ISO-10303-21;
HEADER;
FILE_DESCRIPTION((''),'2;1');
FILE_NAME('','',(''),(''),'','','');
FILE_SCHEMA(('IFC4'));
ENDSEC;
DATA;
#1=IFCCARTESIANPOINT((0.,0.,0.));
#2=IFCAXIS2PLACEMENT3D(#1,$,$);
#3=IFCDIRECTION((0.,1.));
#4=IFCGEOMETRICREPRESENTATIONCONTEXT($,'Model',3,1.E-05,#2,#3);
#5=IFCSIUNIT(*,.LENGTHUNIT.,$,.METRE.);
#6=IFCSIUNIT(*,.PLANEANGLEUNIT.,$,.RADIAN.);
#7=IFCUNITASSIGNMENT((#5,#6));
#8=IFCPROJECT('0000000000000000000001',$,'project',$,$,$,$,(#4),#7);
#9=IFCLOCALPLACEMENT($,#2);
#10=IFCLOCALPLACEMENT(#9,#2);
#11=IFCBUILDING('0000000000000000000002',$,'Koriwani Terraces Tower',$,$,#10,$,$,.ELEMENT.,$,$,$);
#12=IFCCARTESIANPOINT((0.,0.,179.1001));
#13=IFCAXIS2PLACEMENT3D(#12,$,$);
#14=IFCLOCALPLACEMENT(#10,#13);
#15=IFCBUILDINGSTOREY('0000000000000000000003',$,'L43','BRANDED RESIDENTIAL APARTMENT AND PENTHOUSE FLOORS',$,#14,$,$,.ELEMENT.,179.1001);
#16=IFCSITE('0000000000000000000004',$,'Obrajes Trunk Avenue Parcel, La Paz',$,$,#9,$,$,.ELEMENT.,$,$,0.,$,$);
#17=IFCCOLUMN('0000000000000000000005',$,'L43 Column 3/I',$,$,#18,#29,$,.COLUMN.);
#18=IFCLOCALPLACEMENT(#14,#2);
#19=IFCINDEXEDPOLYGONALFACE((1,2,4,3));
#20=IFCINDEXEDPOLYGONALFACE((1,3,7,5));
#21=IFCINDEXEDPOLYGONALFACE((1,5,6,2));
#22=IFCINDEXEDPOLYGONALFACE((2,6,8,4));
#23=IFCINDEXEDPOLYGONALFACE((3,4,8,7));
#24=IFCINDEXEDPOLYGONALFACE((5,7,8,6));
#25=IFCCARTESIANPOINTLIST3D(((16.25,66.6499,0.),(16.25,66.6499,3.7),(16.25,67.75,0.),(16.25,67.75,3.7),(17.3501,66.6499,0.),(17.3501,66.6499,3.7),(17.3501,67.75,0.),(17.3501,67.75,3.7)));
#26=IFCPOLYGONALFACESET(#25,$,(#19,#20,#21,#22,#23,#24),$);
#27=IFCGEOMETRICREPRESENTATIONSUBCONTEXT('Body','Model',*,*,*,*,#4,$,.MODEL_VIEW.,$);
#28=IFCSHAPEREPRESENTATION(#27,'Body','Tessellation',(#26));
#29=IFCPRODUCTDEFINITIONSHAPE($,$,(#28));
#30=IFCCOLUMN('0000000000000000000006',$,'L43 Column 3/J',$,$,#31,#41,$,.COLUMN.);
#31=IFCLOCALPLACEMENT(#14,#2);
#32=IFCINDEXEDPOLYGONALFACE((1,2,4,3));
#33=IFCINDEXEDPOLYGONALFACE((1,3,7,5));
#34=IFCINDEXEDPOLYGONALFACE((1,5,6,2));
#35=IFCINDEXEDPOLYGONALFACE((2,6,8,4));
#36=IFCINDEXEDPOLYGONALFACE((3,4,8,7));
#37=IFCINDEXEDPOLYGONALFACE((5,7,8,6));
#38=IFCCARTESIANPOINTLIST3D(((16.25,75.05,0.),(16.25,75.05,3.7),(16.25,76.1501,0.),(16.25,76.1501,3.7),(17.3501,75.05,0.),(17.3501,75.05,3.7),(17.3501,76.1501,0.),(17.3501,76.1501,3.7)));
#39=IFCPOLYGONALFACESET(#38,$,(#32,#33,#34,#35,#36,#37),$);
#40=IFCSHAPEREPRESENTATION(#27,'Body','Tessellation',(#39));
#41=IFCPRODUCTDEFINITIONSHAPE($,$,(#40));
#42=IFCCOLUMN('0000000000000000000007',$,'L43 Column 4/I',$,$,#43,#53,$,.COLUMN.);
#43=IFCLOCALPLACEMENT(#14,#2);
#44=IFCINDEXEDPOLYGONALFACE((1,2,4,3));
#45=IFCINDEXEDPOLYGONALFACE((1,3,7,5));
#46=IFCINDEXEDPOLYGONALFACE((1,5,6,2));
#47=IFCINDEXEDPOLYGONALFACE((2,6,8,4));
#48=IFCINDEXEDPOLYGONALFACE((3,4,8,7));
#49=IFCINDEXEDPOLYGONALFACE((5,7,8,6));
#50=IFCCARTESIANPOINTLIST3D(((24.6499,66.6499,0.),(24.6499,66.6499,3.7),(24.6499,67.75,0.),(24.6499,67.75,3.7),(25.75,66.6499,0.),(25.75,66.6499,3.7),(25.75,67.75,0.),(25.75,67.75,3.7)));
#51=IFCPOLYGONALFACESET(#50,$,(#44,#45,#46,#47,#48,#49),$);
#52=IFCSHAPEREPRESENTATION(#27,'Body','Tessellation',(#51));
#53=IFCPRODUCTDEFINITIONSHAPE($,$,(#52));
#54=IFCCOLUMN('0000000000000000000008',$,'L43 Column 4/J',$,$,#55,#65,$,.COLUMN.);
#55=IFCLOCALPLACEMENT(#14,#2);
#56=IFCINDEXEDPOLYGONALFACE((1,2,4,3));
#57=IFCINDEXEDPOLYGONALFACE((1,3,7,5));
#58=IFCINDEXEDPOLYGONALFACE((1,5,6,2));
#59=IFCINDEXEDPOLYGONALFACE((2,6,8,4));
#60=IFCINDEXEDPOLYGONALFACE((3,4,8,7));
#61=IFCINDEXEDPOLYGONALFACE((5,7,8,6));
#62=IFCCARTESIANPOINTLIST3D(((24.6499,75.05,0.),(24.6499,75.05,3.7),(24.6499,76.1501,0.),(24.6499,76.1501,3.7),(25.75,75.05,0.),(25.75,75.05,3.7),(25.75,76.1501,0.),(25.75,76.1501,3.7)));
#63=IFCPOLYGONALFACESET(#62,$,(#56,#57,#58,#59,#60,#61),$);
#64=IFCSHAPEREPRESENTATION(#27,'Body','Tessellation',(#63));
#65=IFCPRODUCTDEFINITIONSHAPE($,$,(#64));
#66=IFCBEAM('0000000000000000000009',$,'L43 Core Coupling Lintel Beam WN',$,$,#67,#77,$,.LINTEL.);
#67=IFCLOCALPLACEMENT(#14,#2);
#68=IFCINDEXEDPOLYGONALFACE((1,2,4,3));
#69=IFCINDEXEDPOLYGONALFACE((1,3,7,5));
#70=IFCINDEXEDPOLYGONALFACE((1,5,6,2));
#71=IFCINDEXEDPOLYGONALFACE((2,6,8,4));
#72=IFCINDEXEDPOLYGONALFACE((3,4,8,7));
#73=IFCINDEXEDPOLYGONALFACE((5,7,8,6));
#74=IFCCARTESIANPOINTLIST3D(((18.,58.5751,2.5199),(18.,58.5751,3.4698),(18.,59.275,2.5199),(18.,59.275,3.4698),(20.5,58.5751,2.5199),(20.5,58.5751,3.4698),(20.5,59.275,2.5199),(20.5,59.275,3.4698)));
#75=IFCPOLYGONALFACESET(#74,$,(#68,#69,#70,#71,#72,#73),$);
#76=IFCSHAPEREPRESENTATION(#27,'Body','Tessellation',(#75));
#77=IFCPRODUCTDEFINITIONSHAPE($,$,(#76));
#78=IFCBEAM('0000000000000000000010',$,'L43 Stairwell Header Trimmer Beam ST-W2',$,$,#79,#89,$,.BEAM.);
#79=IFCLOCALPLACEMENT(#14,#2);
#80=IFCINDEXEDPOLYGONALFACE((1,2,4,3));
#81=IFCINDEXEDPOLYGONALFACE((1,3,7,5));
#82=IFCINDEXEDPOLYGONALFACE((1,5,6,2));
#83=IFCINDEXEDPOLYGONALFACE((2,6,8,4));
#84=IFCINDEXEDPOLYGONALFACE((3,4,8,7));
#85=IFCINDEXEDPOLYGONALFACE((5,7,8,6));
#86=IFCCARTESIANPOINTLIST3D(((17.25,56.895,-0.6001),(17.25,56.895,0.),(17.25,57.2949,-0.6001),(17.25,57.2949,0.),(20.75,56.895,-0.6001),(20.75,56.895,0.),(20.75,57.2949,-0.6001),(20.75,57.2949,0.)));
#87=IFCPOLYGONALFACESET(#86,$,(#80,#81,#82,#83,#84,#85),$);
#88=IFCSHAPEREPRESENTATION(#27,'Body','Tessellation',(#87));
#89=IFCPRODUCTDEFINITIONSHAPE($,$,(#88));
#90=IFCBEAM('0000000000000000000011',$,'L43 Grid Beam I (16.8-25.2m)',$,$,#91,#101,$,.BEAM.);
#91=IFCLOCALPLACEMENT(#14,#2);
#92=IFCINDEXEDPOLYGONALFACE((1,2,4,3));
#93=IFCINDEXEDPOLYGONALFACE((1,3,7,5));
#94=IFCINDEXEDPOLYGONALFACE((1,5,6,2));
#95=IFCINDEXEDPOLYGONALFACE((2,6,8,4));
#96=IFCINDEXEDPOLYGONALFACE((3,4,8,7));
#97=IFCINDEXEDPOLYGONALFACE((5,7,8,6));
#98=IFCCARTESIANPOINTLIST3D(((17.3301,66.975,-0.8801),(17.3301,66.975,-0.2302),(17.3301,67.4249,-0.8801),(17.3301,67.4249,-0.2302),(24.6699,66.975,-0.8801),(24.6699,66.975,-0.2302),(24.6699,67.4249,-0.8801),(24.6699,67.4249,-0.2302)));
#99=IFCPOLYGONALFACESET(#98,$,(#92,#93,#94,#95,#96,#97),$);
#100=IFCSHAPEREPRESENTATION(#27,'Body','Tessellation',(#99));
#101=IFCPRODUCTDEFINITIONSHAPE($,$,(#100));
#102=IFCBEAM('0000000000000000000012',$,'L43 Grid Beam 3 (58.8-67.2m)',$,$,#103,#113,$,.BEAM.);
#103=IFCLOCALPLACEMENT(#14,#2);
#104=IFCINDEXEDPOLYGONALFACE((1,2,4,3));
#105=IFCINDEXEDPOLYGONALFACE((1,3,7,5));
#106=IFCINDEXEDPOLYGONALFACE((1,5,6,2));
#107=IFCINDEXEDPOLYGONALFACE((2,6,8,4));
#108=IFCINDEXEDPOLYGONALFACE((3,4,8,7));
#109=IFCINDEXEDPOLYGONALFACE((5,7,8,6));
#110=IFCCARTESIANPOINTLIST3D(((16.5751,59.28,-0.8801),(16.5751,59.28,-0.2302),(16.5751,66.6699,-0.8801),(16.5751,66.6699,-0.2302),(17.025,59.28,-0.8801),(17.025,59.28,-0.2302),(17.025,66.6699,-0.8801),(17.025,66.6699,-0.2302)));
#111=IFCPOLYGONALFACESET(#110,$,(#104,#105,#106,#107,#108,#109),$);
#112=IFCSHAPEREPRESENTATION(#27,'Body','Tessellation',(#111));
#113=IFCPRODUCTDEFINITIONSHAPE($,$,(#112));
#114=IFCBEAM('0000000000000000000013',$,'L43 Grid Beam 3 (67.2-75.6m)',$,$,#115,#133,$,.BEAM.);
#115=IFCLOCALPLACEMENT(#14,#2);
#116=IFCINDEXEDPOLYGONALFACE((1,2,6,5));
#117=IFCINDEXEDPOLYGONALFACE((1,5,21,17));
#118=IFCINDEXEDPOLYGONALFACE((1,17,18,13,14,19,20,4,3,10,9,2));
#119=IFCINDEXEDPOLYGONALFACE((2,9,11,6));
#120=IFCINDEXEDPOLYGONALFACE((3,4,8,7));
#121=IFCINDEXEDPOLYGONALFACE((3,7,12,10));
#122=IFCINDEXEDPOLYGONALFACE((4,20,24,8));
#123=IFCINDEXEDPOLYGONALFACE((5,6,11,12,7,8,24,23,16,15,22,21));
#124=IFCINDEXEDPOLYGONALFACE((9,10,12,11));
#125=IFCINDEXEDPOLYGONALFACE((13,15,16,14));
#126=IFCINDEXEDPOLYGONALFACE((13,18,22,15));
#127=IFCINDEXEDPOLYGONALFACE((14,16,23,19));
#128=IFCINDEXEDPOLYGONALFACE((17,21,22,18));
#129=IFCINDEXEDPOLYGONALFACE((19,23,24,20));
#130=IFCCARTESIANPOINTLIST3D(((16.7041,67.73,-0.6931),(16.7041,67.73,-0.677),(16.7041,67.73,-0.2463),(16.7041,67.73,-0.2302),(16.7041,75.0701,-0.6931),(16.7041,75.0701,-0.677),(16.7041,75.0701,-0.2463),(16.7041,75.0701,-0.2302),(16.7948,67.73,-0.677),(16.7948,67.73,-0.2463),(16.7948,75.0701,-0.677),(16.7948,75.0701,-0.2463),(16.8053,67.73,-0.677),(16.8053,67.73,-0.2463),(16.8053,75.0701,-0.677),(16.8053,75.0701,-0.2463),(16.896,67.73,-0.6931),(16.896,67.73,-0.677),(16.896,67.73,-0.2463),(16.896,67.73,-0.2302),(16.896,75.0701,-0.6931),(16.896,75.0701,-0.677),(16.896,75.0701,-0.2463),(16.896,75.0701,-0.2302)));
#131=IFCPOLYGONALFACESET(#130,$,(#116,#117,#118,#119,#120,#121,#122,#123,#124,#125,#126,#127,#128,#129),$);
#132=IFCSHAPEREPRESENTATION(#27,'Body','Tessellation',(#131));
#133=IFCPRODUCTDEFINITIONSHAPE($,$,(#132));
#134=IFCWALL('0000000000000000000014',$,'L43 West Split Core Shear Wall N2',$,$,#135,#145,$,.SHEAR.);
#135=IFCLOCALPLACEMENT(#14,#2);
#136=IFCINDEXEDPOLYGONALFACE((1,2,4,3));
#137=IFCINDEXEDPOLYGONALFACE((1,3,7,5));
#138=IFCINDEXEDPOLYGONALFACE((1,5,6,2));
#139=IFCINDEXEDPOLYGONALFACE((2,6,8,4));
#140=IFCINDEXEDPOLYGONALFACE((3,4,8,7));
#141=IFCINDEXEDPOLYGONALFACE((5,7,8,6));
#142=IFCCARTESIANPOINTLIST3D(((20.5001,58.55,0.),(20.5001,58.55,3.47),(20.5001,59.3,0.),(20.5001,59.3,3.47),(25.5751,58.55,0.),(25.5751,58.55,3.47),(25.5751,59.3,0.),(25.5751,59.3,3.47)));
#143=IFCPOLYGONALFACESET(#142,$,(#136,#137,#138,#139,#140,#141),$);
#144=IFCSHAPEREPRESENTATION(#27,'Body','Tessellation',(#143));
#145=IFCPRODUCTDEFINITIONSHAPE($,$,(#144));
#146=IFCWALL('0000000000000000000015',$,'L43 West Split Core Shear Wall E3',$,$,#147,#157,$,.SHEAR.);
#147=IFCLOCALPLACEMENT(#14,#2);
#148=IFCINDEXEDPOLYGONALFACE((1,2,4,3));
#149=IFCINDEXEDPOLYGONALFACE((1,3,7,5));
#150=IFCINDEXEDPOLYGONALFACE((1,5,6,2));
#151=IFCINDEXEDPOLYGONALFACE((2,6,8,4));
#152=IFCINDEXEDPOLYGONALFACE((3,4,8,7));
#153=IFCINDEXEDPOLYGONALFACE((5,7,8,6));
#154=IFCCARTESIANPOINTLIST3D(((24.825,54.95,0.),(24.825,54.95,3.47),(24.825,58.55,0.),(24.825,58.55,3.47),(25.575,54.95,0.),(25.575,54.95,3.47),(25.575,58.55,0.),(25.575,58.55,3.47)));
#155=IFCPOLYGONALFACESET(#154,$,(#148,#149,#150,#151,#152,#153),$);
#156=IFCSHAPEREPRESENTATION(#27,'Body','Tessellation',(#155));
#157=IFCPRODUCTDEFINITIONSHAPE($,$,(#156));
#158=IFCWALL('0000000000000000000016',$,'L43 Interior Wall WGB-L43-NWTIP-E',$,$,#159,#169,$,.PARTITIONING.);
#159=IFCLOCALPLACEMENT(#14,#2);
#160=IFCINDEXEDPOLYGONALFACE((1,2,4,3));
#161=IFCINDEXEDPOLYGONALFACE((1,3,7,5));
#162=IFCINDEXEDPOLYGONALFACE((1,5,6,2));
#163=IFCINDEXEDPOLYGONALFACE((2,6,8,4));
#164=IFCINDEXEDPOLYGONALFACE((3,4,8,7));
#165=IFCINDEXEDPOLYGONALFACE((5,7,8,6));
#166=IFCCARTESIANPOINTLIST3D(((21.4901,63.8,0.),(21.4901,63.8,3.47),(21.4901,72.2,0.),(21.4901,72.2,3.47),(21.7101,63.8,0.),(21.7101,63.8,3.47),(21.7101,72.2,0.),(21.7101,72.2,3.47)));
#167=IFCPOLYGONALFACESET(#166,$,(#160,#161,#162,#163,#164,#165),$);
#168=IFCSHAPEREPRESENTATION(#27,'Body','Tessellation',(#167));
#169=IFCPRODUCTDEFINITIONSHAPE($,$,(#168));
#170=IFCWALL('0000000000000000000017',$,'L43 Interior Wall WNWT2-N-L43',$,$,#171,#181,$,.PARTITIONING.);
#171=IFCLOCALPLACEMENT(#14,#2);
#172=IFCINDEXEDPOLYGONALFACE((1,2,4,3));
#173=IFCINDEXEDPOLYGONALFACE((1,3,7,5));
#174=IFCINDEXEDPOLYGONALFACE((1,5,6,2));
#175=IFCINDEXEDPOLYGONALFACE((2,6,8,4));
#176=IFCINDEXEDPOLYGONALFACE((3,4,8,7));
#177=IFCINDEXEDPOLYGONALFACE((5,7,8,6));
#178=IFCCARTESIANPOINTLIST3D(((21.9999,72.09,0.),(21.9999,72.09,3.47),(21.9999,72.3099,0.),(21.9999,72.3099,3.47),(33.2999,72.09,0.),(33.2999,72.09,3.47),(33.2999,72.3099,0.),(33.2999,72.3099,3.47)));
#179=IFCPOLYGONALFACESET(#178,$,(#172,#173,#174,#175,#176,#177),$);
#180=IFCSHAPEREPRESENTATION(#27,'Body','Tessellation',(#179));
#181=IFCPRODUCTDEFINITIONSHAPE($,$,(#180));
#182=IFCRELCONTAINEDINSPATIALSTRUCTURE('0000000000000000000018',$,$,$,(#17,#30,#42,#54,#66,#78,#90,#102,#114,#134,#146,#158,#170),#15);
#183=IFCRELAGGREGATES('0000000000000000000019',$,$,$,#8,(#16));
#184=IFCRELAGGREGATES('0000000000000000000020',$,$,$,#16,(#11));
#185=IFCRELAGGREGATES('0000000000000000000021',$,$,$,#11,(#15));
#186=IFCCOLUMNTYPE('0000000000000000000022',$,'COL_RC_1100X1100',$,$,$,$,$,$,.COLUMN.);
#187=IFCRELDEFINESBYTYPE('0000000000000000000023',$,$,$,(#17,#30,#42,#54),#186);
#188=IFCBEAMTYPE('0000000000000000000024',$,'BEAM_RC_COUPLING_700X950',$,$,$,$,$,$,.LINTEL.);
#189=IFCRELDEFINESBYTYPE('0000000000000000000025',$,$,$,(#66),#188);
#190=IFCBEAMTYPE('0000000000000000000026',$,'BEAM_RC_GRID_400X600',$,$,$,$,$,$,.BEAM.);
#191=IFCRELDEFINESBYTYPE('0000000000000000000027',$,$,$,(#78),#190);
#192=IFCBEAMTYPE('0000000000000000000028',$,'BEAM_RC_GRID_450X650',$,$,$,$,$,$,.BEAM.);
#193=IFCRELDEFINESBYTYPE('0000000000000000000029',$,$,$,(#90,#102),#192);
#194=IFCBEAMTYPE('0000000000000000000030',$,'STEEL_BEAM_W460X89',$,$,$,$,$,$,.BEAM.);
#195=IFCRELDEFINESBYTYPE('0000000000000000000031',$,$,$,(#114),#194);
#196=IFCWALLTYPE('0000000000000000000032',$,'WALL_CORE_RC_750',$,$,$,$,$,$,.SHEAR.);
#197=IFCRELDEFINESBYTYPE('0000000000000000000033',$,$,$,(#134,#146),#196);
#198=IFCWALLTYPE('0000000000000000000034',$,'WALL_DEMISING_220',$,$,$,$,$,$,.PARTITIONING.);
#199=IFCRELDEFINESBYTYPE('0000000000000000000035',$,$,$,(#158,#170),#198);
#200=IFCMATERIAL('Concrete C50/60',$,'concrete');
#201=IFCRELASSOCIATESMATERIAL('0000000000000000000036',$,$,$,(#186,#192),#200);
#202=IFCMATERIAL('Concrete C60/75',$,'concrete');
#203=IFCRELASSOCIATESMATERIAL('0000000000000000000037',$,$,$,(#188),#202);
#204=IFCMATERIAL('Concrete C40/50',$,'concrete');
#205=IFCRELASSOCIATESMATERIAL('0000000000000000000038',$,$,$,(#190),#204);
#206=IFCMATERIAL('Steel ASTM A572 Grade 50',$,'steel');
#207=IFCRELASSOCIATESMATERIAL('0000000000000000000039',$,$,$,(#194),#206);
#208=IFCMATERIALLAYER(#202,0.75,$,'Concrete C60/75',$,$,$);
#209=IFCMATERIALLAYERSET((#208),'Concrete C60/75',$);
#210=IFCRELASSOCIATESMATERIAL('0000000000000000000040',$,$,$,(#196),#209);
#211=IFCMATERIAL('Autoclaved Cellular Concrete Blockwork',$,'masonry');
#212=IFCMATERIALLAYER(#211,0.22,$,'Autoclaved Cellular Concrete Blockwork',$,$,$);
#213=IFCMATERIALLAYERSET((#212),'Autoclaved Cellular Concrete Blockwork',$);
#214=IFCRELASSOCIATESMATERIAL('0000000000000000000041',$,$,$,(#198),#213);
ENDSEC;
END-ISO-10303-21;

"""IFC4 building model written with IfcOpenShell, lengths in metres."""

from ifc_helpers import new_model, si_unit, direction, frame, frame_2d, origin, origin_2d, place, context, subcontext, project, spatial, rectangle, i_section, extrude, material, layer, layer_set, material_profile, profile_set, type_object, element, save


model = new_model("IFC4")

# Units and contexts
model_context = context("Model", 3, precision=1e-05, world=origin(), true_north=direction((0.0, 1.0)))
body_context = subcontext(model_context, "Body", "Model", "MODEL_VIEW")
ifc_project = project(units=[si_unit("LENGTHUNIT", "METRE"), si_unit("PLANEANGLEUNIT", "RADIAN")], contexts=[model_context])

# Site, building, storey
site_placement = place(None, origin())
site = spatial("IfcSite", under=ifc_project, at=site_placement, Name="Obrajes Trunk Avenue Parcel, La Paz", CompositionType="ELEMENT", RefElevation=0.0)
building_placement = place(site_placement, origin())
building = spatial("IfcBuilding", under=site, at=building_placement, Name="Koriwani Terraces Tower", CompositionType="ELEMENT")
storey_placement = place(building_placement, frame((0.0, 0.0, 179.1001)))
storey = spatial("IfcBuildingStorey", under=building, at=storey_placement, Name="L43", Description="BRANDED RESIDENTIAL APARTMENT AND PENTHOUSE FLOORS", CompositionType="ELEMENT", Elevation=179.1001)

# Columns
ifc_material_1 = material(Name="Concrete C50/60", Category="concrete")
ifc_material_profile_1 = material_profile(ifc_material_1, rectangle(XDim=1.1001, YDim=1.1001, at=origin_2d()), Name="Concrete C50/60", Category="LoadBearing")
ifc_profile_set_1 = profile_set([ifc_material_profile_1], Name="Concrete C50/60")
column_type = type_object("IfcColumnType", Name="COL_RC_1100X1100", PredefinedType="COLUMN", material=ifc_profile_set_1)
for number, where, z_axis, x_axis, name in (
    (1, (16.8, 67.2, 0.0), (0.0, 0.0, 1.0), (1.0, 0.0, 0.0), "L43 Column 3/I"),
    (2, (16.8, 75.6001, 0.0), (0.0, 0.0, 1.0), (1.0, 0.0, 0.0), "L43 Column 3/J"),
    (3, (25.2, 67.2, 0.0), (0.0, 0.0, 1.0), (1.0, 0.0, 0.0), "L43 Column 4/I"),
    (4, (25.2, 75.6001, 0.0), (0.0, 0.0, 1.0), (1.0, 0.0, 0.0), "L43 Column 4/J"),
):
    element("IfcColumn", number, at=place(storey_placement, frame(where, z_axis=z_axis, x_axis=x_axis)), inside=storey, type_object=column_type, Name=name, PredefinedType="COLUMN", context=body_context, shape_type="SweptSolid", body=[
        extrude(rectangle(XDim=1.1001, YDim=1.1001, at=origin_2d()), origin(), (0.0, 0.0, 1.0), 3.7),
    ])

# Beams
ifc_material_2 = material(Name="Concrete C60/75", Category="concrete")
ifc_material_profile_2 = material_profile(ifc_material_2, rectangle(XDim=0.7, YDim=0.95, at=origin_2d()), Name="Concrete C60/75", Category="LoadBearing")
ifc_profile_set_2 = profile_set([ifc_material_profile_2], Name="Concrete C60/75")
beam_type_1 = type_object("IfcBeamType", Name="BEAM_RC_COUPLING_700X950", PredefinedType="LINTEL", material=ifc_profile_set_2)
beam_1_placement = place(storey_placement, frame((18.0, 58.925, 2.9949), z_axis=(1.0, 0.0, 0.0), x_axis=(0.0, 1.0, 0.0)))
element("IfcBeam", 5, at=beam_1_placement, inside=storey, type_object=beam_type_1, Name="L43 Core Coupling Lintel Beam WN", PredefinedType="LINTEL", context=body_context, shape_type="SweptSolid", body=[
    extrude(rectangle(XDim=0.7, YDim=0.95, at=origin_2d()), origin(), (0.0, 0.0, 1.0), 2.5),
])
ifc_material_3 = material(Name="Concrete C40/50", Category="concrete")
ifc_material_profile_3 = material_profile(ifc_material_3, rectangle(XDim=0.3999, YDim=0.6001, at=origin_2d()), Name="Concrete C40/50", Category="LoadBearing")
ifc_profile_set_3 = profile_set([ifc_material_profile_3], Name="Concrete C40/50")
beam_type_2 = type_object("IfcBeamType", Name="BEAM_RC_GRID_400X600", PredefinedType="BEAM", material=ifc_profile_set_3)
beam_2_placement = place(storey_placement, frame((17.25, 57.095, -0.3), z_axis=(1.0, 0.0, 0.0), x_axis=(0.0, 1.0, 0.0)))
element("IfcBeam", 6, at=beam_2_placement, inside=storey, type_object=beam_type_2, Name="L43 Stairwell Header Trimmer Beam ST-W2", PredefinedType="BEAM", context=body_context, shape_type="SweptSolid", body=[
    extrude(rectangle(XDim=0.3999, YDim=0.6001, at=origin_2d()), origin(), (0.0, 0.0, 1.0), 3.5),
])
ifc_material_profile_4 = material_profile(ifc_material_1, rectangle(XDim=0.45, YDim=0.6499, at=origin_2d()), Name="Concrete C50/60", Category="LoadBearing")
ifc_profile_set_4 = profile_set([ifc_material_profile_4], Name="Concrete C50/60")
beam_type_3 = type_object("IfcBeamType", Name="BEAM_RC_GRID_450X650", PredefinedType="BEAM", material=ifc_profile_set_4)
beam_3_placement = place(storey_placement, frame((17.3301, 67.2, -0.5552), z_axis=(1.0, 0.0, 0.0), x_axis=(0.0, 1.0, 0.0)))
element("IfcBeam", 7, at=beam_3_placement, inside=storey, type_object=beam_type_3, Name="L43 Grid Beam I (16.8-25.2m)", PredefinedType="BEAM", context=body_context, shape_type="SweptSolid", body=[
    extrude(rectangle(XDim=0.45, YDim=0.6499, at=origin_2d()), origin(), (0.0, 0.0, 1.0), 7.3398),
])
beam_4_placement = place(storey_placement, frame((16.8, 59.28, -0.5552), z_axis=(0.0, 1.0, 0.0), x_axis=(-1.0, 0.0, 0.0)))
element("IfcBeam", 8, at=beam_4_placement, inside=storey, type_object=beam_type_3, Name="L43 Grid Beam 3 (58.8-67.2m)", PredefinedType="BEAM", context=body_context, shape_type="SweptSolid", body=[
    extrude(rectangle(XDim=0.45, YDim=0.6499, at=origin_2d()), origin(), (0.0, 0.0, 1.0), 7.3899),
])
ifc_material_4 = material(Name="Steel ASTM A572 Grade 50", Category="steel")
ifc_material_profile_5 = material_profile(ifc_material_4, i_section(OverallWidth=0.1919, OverallDepth=0.4629, WebThickness=0.0105, FlangeThickness=0.0161, at=origin_2d()), Name="Steel ASTM A572 Grade 50", Category="LoadBearing")
ifc_profile_set_5 = profile_set([ifc_material_profile_5], Name="Steel ASTM A572 Grade 50")
beam_type_4 = type_object("IfcBeamType", Name="STEEL_BEAM_W460X89", PredefinedType="BEAM", material=ifc_profile_set_5)
beam_5_placement = place(storey_placement, frame((16.8, 67.73, -0.4617), z_axis=(0.0, 1.0, 0.0), x_axis=(-1.0, 0.0, 0.0)))
element("IfcBeam", 9, at=beam_5_placement, inside=storey, type_object=beam_type_4, Name="L43 Grid Beam 3 (67.2-75.6m)", PredefinedType="BEAM", context=body_context, shape_type="SweptSolid", body=[
    extrude(i_section(OverallWidth=0.1919, OverallDepth=0.4629, WebThickness=0.0105, FlangeThickness=0.0161, at=origin_2d()), origin(), (0.0, 0.0, 1.0), 7.3401),
])

# Walls
ifc_layer_1 = layer(ifc_material_2, 0.75, Name="Concrete C60/75")
ifc_layer_set_1 = layer_set([ifc_layer_1], Name="Concrete C60/75")
wall_type_1 = type_object("IfcWallType", Name="WALL_CORE_RC_750", PredefinedType="SHEAR", material=ifc_layer_set_1)
wall_1_placement = place(storey_placement, frame((20.5, 58.925, 0.0), z_axis=(0.0, 0.0, 1.0), x_axis=(1.0, 0.0, 0.0)))
element("IfcWall", 10, at=wall_1_placement, inside=storey, type_object=wall_type_1, Name="L43 West Split Core Shear Wall N2", PredefinedType="SHEAR", context=body_context, shape_type="SweptSolid", body=[
    extrude(rectangle(XDim=5.075, YDim=0.75, at=frame_2d((2.5376, 0.0))), origin(), (0.0, 0.0, 1.0), 3.47),
])
wall_2_placement = place(storey_placement, frame((25.2, 54.95, 0.0), z_axis=(0.0, 0.0, 1.0), x_axis=(0.0, 1.0, 0.0)))
element("IfcWall", 11, at=wall_2_placement, inside=storey, type_object=wall_type_1, Name="L43 West Split Core Shear Wall E3", PredefinedType="SHEAR", context=body_context, shape_type="SweptSolid", body=[
    extrude(rectangle(XDim=3.6001, YDim=0.75, at=frame_2d((1.8, 0.0))), origin(), (0.0, 0.0, 1.0), 3.47),
])
ifc_material_5 = material(Name="Autoclaved Cellular Concrete Blockwork", Category="masonry")
ifc_layer_2 = layer(ifc_material_5, 0.22, Name="Autoclaved Cellular Concrete Blockwork")
ifc_layer_set_2 = layer_set([ifc_layer_2], Name="Autoclaved Cellular Concrete Blockwork")
wall_type_2 = type_object("IfcWallType", Name="WALL_DEMISING_220", PredefinedType="PARTITIONING", material=ifc_layer_set_2)
wall_3_placement = place(storey_placement, frame((21.6001, 63.8, 0.0), z_axis=(0.0, 0.0, 1.0), x_axis=(0.0, 1.0, 0.0)))
element("IfcWall", 12, at=wall_3_placement, inside=storey, type_object=wall_type_2, Name="L43 Interior Wall WGB-L43-NWTIP-E", PredefinedType="PARTITIONING", context=body_context, shape_type="SweptSolid", body=[
    extrude(rectangle(XDim=8.3999, YDim=0.22, at=frame_2d((4.2, 0.0))), origin(), (0.0, 0.0, 1.0), 3.47),
])
wall_4_placement = place(storey_placement, frame((22.0, 72.2, 0.0), z_axis=(0.0, 0.0, 1.0), x_axis=(1.0, 0.0, 0.0)))
element("IfcWall", 13, at=wall_4_placement, inside=storey, type_object=wall_type_2, Name="L43 Interior Wall WNWT2-N-L43", PredefinedType="PARTITIONING", context=body_context, shape_type="SweptSolid", body=[
    extrude(rectangle(XDim=11.3, YDim=0.22, at=frame_2d((5.6499, 0.0))), origin(), (0.0, 0.0, 1.0), 3.47),
])

save(model, "model.ifc")
